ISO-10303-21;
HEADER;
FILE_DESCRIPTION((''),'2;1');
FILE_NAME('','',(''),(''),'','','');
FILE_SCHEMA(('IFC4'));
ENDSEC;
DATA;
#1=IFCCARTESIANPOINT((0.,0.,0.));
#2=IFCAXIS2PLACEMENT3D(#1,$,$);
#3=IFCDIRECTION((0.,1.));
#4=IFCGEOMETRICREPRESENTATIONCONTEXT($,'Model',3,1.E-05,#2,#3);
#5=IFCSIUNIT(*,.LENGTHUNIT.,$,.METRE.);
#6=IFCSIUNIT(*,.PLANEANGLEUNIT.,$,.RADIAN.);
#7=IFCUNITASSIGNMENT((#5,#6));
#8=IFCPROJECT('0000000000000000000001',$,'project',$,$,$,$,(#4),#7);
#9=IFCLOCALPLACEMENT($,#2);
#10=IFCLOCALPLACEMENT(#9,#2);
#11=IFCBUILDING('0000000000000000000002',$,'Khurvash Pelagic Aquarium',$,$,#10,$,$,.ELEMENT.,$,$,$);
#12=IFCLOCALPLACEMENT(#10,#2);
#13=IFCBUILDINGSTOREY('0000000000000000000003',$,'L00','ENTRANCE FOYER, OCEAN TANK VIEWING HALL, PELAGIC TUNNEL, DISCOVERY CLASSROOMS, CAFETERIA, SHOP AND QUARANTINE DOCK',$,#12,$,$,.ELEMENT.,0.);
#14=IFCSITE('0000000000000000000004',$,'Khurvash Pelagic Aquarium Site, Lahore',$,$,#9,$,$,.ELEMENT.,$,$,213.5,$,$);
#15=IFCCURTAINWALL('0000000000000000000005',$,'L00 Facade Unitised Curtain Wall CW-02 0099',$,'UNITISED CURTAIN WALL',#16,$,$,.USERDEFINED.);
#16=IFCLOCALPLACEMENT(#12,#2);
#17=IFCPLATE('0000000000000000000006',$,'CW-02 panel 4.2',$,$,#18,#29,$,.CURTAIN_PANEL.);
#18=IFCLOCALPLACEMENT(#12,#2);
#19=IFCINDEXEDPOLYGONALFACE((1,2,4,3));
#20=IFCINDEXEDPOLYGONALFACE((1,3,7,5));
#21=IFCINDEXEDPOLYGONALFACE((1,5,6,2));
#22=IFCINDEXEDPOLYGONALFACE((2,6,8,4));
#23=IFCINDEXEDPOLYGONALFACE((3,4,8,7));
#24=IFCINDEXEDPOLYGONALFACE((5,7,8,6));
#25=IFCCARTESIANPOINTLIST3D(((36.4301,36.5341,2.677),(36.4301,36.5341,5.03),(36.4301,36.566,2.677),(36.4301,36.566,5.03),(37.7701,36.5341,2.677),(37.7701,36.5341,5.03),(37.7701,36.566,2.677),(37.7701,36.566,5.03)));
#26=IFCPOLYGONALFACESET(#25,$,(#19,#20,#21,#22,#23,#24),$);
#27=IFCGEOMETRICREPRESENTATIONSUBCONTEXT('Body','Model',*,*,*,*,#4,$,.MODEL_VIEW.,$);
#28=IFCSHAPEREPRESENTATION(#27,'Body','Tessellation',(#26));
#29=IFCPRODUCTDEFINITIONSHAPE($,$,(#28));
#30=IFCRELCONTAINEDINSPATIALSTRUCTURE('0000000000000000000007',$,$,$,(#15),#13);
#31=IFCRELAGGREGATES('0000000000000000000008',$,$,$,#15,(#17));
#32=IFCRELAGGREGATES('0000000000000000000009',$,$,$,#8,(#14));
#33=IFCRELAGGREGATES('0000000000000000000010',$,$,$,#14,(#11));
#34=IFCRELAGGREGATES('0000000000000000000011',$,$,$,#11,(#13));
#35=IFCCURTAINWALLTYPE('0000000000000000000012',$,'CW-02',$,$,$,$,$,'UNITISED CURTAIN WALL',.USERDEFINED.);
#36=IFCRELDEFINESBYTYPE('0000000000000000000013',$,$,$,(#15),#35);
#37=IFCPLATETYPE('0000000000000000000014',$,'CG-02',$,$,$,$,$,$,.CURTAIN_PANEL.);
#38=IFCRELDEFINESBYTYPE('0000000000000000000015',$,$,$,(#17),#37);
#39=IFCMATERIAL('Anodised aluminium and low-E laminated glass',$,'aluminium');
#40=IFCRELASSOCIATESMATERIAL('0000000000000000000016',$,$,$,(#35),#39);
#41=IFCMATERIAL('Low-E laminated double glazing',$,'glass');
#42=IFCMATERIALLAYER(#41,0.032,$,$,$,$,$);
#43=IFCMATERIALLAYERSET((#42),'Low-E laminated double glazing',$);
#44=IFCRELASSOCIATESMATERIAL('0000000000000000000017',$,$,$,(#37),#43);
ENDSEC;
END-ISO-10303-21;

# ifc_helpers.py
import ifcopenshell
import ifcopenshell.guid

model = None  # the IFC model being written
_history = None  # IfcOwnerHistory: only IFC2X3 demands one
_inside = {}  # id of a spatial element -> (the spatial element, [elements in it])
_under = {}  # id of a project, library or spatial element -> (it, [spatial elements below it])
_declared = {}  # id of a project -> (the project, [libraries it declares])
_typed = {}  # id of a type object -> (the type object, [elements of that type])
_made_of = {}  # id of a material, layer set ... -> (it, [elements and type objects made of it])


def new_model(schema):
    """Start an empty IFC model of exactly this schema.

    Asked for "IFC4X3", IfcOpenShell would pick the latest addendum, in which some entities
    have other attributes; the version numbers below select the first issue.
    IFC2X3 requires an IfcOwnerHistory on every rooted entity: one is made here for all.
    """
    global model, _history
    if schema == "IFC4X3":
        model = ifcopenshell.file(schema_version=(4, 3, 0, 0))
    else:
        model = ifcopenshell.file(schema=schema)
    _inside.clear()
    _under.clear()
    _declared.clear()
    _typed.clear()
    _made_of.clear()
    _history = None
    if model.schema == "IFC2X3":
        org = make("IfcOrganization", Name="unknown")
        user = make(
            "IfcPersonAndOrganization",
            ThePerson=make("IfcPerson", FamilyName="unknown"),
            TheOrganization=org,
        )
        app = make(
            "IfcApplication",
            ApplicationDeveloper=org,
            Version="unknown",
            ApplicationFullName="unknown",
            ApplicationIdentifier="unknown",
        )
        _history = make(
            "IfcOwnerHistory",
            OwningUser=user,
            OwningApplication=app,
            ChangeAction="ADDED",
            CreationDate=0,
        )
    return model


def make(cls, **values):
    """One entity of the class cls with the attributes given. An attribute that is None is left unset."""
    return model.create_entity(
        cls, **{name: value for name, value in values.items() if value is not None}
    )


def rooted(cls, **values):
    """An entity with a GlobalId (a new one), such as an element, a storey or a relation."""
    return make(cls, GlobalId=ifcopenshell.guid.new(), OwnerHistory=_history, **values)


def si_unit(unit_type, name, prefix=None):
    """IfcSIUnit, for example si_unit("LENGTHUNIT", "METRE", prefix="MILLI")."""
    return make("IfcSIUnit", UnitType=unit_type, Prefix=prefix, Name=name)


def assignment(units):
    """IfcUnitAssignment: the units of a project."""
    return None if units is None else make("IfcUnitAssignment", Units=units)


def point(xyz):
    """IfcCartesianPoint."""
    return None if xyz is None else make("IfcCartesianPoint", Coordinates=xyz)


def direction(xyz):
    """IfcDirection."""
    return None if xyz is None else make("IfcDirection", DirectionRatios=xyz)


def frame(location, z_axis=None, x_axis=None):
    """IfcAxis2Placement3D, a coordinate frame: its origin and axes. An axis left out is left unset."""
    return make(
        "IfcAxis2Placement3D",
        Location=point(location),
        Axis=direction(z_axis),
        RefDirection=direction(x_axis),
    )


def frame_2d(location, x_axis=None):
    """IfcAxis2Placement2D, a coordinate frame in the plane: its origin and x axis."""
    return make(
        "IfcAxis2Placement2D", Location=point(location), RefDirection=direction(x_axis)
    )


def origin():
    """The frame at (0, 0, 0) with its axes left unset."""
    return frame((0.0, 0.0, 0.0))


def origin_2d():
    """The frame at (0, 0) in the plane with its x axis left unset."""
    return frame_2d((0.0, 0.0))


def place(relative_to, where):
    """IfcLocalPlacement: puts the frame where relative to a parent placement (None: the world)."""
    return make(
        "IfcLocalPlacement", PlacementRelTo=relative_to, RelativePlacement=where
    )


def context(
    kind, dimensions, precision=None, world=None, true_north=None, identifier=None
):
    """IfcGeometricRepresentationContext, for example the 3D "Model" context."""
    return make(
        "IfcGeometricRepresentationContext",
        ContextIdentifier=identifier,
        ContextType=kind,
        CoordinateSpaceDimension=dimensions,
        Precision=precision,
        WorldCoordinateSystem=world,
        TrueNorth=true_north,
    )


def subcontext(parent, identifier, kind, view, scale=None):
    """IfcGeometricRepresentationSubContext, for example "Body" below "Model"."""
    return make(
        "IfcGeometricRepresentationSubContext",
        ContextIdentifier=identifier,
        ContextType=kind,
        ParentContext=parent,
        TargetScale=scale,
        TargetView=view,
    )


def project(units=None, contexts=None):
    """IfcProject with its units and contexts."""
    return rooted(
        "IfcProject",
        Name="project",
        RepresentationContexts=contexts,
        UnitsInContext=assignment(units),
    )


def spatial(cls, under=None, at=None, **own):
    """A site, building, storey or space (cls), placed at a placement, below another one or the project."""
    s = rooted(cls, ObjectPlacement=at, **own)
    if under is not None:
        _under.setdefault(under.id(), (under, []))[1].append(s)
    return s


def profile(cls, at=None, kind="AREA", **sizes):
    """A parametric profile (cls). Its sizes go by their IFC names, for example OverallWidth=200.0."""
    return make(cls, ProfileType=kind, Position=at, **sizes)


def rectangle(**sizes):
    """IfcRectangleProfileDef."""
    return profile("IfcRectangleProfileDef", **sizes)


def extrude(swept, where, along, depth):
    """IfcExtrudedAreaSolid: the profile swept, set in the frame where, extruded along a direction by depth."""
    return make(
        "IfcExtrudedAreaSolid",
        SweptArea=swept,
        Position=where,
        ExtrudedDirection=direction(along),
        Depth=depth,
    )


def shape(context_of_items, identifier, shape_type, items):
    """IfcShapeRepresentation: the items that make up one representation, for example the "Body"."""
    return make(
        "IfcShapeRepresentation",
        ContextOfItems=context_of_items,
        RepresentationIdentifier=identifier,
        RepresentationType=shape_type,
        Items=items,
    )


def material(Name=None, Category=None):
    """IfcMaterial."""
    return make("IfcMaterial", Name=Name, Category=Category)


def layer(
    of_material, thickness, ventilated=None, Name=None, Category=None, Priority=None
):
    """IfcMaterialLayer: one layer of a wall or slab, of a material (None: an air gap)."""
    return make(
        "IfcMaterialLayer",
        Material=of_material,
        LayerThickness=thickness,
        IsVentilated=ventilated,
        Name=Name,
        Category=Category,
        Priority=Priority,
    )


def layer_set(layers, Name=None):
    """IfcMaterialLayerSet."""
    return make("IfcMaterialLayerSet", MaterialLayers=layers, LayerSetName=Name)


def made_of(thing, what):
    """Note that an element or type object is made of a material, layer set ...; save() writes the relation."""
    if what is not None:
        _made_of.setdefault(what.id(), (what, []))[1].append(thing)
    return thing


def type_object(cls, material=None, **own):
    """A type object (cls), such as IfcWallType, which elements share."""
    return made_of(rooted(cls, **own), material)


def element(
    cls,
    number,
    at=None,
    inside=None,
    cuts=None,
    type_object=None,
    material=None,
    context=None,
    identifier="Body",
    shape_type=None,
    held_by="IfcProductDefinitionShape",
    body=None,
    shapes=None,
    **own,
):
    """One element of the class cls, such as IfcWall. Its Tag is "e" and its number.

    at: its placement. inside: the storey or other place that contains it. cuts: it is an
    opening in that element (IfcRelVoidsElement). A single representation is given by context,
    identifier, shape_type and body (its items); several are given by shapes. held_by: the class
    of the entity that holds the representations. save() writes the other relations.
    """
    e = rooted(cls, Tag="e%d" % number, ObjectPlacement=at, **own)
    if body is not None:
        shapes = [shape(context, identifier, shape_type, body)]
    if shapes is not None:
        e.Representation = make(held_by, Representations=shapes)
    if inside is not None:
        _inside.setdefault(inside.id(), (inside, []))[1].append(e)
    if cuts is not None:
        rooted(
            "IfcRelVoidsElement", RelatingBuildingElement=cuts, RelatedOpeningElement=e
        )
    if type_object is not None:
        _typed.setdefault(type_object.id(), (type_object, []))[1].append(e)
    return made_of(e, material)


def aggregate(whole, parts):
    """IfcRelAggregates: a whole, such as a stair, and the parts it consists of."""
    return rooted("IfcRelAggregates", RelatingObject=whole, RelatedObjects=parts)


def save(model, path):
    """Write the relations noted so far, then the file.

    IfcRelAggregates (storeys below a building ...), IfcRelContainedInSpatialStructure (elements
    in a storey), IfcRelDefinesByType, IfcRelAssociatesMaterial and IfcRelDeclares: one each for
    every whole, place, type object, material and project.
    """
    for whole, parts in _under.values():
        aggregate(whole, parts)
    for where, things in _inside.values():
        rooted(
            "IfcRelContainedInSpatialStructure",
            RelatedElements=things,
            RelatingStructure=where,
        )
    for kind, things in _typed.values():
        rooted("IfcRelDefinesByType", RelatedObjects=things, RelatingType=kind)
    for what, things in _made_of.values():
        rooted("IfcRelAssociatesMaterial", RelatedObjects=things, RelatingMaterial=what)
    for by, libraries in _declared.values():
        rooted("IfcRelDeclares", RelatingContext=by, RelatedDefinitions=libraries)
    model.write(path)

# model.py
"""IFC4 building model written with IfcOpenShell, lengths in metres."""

from ifc_helpers import new_model, si_unit, direction, frame, origin, origin_2d, place, context, subcontext, project, spatial, rectangle, extrude, material, layer, layer_set, type_object, element, aggregate, save


model = new_model("IFC4")

# Units and contexts
model_context = context("Model", 3, precision=1e-05, world=origin(), true_north=direction((0.0, 1.0)))
body_context = subcontext(model_context, "Body", "Model", "MODEL_VIEW")
ifc_project = project(units=[si_unit("LENGTHUNIT", "METRE"), si_unit("PLANEANGLEUNIT", "RADIAN")], contexts=[model_context])

# Site, building, storey
site_placement = place(None, origin())
site = spatial("IfcSite", under=ifc_project, at=site_placement, Name="Khurvash Pelagic Aquarium Site, Lahore", CompositionType="ELEMENT", RefElevation=213.5)
building_placement = place(site_placement, origin())
building = spatial("IfcBuilding", under=site, at=building_placement, Name="Khurvash Pelagic Aquarium", CompositionType="ELEMENT")
storey_placement = place(building_placement, origin())
storey = spatial("IfcBuildingStorey", under=building, at=storey_placement, Name="L00", Description="ENTRANCE FOYER, OCEAN TANK VIEWING HALL, PELAGIC TUNNEL, DISCOVERY CLASSROOMS, CAFETERIA, SHOP AND QUARANTINE DOCK", CompositionType="ELEMENT", Elevation=0.0)

# Curtain wall
ifc_material_1 = material(Name="Anodised aluminium and low-E laminated glass", Category="aluminium")
curtain_wall_type = type_object("IfcCurtainWallType", Name="CW-02", ElementType="UNITISED CURTAIN WALL", PredefinedType="USERDEFINED", material=ifc_material_1)
curtain_wall_1_placement = place(storey_placement, origin())
curtain_wall_1 = element("IfcCurtainWall", 1, at=curtain_wall_1_placement, inside=storey, type_object=curtain_wall_type, Name="L00 Facade Unitised Curtain Wall CW-02 0099", ObjectType="UNITISED CURTAIN WALL", PredefinedType="USERDEFINED")

# Plate
ifc_material_2 = material(Name="Low-E laminated double glazing", Category="glass")
ifc_layer = layer(ifc_material_2, 0.032)
ifc_layer_set = layer_set([ifc_layer], Name="Low-E laminated double glazing")
plate_type = type_object("IfcPlateType", Name="CG-02", PredefinedType="CURTAIN_PANEL", material=ifc_layer_set)
plate_1_placement = place(storey_placement, frame((37.1001, 36.55, 2.677), z_axis=(0.0, 0.0, 1.0), x_axis=(-1.0, 0.0, 0.0)))
plate_1 = element("IfcPlate", 2, at=plate_1_placement, type_object=plate_type, Name="CW-02 panel 4.2", PredefinedType="CURTAIN_PANEL", context=body_context, shape_type="SweptSolid", body=[
    extrude(rectangle(XDim=1.3401, YDim=0.032, at=origin_2d()), origin(), (0.0, 0.0, 1.0), 2.353),
])
aggregate(curtain_wall_1, [plate_1])

save(model, "model.ifc")
